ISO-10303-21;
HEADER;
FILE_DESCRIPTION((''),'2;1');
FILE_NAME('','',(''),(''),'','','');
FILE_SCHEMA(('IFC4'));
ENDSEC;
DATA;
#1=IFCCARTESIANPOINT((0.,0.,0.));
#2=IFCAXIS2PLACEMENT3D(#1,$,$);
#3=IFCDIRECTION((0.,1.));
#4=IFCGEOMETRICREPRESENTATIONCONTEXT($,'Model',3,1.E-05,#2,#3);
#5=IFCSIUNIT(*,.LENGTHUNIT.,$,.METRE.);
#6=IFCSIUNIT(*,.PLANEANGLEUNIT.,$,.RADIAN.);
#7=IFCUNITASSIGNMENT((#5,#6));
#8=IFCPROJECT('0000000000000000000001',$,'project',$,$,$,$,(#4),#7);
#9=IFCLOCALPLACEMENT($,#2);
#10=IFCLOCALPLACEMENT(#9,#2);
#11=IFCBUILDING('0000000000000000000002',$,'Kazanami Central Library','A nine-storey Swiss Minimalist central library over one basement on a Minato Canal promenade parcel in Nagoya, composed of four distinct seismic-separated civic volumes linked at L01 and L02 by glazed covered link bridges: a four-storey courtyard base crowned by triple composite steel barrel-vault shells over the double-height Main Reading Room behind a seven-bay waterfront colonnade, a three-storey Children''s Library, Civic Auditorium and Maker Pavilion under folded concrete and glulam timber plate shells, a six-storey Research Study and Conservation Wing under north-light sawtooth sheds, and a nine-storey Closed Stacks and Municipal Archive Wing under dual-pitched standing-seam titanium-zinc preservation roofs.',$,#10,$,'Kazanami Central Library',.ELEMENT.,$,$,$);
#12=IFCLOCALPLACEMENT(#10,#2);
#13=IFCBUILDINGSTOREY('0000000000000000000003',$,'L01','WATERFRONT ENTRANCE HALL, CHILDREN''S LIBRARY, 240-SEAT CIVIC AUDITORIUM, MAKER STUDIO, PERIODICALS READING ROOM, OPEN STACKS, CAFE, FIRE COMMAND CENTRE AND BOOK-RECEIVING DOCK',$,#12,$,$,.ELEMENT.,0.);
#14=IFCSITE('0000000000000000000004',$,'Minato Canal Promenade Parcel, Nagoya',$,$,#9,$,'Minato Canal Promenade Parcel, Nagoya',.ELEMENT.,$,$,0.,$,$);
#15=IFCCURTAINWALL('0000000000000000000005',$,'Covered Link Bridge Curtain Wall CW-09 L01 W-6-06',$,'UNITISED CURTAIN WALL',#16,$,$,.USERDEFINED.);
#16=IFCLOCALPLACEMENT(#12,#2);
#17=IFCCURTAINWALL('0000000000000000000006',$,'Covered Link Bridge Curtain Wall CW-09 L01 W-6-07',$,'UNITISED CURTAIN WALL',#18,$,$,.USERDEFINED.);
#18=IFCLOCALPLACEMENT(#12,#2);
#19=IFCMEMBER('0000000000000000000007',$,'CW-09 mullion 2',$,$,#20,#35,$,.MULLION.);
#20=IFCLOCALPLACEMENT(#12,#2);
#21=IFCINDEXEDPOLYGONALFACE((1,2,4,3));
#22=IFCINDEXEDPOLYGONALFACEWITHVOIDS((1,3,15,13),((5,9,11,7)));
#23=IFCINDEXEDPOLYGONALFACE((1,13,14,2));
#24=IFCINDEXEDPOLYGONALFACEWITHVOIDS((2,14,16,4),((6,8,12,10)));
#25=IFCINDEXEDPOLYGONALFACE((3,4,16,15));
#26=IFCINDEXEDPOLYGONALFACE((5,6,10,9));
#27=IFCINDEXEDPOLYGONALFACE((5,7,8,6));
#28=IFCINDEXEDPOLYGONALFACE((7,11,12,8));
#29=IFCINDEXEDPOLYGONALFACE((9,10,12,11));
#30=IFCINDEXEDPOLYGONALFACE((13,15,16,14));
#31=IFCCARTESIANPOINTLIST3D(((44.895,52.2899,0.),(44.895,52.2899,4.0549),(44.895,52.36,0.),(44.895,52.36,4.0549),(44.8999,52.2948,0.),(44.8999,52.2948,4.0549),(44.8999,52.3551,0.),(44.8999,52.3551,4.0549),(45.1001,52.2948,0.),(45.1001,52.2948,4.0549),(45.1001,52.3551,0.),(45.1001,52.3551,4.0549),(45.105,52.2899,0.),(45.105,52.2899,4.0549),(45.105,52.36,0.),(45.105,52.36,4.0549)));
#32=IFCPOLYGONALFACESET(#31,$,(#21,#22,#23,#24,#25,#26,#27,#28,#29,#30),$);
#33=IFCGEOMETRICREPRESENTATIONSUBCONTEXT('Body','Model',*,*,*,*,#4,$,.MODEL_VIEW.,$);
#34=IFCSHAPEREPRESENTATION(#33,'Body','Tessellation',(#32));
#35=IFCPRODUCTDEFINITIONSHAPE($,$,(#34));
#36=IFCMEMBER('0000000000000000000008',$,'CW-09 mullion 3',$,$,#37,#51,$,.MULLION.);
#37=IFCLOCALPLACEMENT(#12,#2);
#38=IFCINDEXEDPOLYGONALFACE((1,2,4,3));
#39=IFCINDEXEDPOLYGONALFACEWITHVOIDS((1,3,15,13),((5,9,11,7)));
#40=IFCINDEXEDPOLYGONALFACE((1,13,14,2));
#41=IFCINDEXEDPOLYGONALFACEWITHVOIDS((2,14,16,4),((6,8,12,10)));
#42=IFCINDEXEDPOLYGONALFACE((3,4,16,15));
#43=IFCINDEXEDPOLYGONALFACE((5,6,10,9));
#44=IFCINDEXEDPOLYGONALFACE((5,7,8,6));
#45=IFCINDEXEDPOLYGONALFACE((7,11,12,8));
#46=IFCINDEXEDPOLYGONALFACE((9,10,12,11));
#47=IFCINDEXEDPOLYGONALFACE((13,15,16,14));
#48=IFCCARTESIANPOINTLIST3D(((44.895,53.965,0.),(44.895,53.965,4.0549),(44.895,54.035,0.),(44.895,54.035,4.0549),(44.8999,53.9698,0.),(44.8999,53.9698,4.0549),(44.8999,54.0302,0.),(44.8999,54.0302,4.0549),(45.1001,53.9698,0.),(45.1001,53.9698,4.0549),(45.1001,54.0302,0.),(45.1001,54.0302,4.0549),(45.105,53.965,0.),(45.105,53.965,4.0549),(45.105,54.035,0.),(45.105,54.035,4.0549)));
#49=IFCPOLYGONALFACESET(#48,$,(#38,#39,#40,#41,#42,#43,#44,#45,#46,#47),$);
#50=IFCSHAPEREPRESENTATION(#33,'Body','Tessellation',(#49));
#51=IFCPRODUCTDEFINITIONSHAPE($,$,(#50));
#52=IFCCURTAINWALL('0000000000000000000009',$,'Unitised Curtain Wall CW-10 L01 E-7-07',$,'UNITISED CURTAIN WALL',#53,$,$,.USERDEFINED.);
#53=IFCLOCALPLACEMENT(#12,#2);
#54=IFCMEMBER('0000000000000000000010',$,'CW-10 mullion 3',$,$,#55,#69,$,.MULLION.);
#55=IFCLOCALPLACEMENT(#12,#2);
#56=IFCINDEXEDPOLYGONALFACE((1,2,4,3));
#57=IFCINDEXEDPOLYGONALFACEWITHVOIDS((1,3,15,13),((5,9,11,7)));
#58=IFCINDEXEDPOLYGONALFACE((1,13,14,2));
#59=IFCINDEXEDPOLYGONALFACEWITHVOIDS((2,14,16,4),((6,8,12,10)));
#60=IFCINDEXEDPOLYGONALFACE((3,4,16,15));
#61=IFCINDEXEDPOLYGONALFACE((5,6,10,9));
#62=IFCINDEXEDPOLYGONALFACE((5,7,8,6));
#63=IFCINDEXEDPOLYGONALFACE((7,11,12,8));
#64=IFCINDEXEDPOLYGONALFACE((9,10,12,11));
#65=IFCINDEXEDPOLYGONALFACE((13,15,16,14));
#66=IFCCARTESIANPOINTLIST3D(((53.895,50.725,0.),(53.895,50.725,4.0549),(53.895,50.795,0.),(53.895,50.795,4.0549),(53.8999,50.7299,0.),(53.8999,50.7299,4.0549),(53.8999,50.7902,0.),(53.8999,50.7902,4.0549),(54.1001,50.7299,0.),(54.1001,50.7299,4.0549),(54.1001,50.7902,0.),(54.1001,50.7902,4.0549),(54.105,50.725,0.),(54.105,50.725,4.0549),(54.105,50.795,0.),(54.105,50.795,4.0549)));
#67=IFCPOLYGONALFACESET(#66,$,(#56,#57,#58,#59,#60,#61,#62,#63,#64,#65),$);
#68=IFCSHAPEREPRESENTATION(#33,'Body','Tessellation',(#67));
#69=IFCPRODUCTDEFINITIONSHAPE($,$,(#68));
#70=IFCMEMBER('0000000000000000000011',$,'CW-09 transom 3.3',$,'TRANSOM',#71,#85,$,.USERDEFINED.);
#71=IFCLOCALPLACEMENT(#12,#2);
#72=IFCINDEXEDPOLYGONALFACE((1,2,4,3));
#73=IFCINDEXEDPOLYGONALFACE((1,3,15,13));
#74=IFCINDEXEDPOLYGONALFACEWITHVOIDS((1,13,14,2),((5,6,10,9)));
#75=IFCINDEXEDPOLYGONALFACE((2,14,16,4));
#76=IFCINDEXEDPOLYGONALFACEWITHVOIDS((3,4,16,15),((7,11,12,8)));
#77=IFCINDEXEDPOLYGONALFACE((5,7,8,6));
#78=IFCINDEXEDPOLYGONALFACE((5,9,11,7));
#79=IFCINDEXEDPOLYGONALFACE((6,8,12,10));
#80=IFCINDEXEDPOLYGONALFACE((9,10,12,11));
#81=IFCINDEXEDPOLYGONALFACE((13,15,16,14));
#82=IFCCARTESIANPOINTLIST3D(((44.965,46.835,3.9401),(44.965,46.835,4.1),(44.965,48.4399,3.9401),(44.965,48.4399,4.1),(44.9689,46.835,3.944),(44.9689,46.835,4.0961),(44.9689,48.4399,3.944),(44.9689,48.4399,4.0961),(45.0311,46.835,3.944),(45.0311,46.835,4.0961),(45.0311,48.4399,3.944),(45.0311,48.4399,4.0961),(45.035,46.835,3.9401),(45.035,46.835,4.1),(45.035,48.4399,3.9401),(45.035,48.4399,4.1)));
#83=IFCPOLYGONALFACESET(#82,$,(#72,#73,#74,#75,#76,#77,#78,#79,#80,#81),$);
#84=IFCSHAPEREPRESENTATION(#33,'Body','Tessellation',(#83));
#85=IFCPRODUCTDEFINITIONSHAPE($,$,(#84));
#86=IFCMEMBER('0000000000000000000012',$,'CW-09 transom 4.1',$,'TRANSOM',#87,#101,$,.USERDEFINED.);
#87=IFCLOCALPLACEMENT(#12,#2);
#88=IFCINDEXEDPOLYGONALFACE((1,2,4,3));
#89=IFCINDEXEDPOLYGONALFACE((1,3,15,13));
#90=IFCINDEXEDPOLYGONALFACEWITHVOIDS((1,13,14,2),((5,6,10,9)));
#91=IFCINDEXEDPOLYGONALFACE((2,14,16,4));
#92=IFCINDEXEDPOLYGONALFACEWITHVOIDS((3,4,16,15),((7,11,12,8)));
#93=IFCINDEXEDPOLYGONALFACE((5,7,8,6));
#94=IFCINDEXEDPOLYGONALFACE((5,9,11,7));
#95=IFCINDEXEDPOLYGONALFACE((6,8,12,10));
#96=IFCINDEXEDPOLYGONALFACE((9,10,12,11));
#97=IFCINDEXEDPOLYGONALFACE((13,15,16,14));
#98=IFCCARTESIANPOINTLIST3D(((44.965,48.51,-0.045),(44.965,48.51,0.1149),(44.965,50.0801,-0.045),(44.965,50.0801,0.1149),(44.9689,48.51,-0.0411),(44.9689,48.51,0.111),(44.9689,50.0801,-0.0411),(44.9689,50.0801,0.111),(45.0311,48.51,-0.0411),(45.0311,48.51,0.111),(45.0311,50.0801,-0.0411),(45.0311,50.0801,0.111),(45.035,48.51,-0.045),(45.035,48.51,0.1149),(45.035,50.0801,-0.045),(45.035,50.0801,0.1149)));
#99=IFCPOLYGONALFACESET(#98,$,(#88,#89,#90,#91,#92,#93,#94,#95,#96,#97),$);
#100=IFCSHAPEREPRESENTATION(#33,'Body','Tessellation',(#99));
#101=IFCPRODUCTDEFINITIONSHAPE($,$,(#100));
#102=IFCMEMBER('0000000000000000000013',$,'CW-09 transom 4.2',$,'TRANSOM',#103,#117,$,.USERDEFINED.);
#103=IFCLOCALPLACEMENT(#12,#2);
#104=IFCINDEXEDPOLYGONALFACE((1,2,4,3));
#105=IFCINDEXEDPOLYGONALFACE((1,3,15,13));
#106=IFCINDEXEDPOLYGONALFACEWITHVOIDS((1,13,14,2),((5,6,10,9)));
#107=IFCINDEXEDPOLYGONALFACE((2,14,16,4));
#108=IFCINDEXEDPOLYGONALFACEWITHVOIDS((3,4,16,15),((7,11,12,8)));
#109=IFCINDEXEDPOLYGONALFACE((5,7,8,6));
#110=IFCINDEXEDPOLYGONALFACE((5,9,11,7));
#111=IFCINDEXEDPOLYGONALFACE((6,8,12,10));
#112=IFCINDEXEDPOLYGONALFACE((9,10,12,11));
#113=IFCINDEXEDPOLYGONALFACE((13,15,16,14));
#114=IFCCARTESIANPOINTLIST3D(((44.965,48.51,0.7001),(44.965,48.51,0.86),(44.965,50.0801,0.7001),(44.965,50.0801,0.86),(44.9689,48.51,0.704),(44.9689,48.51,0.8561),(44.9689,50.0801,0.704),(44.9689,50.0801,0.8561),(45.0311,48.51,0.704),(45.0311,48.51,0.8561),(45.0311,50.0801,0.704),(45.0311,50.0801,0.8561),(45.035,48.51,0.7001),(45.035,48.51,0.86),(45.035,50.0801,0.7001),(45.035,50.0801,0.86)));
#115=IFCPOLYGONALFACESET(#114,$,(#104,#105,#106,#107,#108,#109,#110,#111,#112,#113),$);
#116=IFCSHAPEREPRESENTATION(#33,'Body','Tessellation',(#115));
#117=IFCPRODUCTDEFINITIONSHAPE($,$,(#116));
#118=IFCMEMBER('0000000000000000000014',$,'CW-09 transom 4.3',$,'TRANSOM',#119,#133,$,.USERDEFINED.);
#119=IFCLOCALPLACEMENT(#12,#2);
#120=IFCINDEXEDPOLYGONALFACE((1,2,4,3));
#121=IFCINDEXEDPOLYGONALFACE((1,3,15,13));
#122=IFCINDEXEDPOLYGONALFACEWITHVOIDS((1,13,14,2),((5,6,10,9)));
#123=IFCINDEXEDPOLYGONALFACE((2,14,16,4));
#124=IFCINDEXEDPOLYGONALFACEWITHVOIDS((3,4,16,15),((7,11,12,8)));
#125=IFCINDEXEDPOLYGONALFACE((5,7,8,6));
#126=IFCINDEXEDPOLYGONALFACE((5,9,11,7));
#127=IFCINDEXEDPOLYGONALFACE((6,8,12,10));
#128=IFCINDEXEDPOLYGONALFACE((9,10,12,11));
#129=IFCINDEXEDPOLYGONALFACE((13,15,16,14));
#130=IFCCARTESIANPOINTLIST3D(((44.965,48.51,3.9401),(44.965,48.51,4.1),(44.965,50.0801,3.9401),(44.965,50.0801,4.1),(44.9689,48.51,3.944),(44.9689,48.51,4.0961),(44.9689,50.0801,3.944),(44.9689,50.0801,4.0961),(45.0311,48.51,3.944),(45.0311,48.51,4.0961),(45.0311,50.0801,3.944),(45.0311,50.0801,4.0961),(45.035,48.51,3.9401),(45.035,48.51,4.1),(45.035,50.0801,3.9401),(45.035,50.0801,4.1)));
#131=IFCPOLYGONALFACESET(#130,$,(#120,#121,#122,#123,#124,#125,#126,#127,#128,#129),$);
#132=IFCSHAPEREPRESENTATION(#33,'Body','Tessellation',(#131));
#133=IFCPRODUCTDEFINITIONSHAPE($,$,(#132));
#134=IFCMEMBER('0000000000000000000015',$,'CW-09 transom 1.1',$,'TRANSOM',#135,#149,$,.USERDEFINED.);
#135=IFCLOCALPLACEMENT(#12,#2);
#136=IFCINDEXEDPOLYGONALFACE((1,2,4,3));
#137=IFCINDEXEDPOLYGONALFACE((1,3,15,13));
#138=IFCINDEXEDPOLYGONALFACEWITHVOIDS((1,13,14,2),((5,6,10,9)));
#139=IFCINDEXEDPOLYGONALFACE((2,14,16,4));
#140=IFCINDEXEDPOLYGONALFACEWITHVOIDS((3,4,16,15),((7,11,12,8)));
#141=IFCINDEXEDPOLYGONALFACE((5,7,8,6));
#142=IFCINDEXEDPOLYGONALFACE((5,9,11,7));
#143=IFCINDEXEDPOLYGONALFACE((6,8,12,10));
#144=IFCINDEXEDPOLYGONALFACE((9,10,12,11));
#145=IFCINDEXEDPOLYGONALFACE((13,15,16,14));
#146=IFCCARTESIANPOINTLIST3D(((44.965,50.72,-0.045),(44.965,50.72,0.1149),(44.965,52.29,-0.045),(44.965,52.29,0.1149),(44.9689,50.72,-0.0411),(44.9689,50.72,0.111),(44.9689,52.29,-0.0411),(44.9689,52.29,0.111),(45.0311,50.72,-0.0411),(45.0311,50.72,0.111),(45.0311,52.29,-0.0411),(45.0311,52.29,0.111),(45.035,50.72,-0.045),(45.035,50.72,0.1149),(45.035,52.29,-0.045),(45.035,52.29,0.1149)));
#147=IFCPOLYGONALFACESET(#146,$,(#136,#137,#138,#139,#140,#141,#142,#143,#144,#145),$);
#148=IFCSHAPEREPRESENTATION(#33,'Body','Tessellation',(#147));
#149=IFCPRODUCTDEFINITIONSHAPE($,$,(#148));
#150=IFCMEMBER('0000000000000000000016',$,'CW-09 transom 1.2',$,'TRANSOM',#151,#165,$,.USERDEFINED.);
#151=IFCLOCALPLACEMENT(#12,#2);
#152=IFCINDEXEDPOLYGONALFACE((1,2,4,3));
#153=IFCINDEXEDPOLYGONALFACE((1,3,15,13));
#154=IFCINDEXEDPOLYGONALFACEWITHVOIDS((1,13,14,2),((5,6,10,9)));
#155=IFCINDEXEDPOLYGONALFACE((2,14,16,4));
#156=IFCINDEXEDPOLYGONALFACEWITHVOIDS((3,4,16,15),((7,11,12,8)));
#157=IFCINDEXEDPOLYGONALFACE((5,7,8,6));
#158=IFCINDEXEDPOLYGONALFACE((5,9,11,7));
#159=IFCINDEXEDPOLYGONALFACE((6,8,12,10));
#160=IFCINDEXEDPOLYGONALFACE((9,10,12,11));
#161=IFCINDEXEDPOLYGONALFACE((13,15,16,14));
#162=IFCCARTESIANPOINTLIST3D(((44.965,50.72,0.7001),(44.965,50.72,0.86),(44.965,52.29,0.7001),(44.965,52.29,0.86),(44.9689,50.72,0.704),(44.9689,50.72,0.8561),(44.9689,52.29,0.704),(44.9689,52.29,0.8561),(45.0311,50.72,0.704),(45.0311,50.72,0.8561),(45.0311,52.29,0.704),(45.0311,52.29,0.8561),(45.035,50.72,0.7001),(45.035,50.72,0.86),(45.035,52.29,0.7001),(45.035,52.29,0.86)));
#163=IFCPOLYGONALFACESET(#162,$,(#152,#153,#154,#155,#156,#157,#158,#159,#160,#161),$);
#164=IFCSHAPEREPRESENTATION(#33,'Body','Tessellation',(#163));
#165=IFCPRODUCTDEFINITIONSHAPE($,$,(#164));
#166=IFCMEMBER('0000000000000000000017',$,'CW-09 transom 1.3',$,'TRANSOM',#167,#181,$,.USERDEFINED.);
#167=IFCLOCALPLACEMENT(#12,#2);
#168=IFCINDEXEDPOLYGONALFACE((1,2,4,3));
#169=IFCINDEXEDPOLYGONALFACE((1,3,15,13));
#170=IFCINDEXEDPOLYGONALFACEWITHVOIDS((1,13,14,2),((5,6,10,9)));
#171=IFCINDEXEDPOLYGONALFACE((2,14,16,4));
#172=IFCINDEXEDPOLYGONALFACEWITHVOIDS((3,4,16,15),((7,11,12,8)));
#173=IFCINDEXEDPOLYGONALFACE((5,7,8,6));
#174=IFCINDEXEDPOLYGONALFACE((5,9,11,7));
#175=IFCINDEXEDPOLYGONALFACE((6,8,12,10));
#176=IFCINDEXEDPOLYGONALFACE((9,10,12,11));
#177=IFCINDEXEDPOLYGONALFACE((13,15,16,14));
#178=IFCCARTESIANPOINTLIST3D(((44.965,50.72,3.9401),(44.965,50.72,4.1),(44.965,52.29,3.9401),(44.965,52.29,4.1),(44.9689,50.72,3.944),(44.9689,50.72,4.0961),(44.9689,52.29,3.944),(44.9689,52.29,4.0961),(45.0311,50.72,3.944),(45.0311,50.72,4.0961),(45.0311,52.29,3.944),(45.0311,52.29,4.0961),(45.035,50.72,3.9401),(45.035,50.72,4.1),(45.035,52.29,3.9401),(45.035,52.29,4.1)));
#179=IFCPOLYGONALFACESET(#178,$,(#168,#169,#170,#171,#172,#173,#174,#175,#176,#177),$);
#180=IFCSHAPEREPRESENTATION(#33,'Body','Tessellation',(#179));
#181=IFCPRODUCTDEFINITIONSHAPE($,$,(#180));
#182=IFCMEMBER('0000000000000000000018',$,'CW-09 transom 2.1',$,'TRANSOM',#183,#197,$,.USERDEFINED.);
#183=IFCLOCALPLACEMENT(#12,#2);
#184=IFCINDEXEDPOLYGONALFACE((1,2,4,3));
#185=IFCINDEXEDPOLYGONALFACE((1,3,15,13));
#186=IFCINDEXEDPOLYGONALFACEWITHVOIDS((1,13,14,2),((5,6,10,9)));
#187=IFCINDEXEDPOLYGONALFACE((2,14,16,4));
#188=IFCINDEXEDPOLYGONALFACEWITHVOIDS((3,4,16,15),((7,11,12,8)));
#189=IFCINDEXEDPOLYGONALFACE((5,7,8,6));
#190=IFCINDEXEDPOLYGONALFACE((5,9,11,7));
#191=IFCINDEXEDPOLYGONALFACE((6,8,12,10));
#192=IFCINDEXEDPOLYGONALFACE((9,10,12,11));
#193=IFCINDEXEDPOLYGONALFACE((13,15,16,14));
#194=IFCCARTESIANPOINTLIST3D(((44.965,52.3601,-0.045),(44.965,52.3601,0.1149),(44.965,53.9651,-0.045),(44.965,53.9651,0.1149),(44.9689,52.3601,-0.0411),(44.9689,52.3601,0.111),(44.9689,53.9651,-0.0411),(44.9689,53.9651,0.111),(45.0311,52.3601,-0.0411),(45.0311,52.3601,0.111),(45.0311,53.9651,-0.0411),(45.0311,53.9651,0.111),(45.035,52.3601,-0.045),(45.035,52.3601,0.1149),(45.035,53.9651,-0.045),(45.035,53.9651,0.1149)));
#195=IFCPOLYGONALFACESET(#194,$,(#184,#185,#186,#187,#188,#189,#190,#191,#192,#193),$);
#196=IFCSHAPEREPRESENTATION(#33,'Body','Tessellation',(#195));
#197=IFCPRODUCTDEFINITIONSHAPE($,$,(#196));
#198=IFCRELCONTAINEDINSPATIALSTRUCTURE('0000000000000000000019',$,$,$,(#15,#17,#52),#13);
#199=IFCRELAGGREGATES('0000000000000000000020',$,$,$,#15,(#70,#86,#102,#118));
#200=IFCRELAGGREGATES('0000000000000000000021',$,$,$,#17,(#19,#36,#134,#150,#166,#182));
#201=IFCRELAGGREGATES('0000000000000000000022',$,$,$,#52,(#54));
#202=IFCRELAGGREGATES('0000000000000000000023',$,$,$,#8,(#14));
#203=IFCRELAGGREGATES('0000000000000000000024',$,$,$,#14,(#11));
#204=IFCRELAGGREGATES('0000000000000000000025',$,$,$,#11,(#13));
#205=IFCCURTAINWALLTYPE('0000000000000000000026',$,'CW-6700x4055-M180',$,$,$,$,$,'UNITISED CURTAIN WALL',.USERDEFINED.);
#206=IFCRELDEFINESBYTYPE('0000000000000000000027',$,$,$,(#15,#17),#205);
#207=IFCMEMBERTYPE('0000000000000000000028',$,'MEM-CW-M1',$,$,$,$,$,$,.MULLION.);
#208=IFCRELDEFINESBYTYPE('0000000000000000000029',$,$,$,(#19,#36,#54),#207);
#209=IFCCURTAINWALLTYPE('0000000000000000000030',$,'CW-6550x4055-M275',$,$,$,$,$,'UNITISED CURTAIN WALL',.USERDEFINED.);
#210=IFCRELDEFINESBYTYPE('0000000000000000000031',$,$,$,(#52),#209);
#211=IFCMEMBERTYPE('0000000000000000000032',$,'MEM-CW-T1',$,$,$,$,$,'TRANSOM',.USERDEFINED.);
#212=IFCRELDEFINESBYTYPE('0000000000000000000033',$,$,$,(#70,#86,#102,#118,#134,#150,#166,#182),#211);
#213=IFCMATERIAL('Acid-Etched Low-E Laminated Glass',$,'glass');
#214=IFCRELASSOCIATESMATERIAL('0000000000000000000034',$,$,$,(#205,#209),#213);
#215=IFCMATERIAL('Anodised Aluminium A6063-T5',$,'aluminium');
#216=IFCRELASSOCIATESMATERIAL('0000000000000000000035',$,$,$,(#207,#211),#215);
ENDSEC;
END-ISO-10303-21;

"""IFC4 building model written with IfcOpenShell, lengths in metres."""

from ifc_helpers import new_model, si_unit, direction, frame, origin, origin_2d, place, context, subcontext, project, spatial, hollow_rectangle, extrude, material, material_profile, profile_set, type_object, element, aggregate, save


model = new_model("IFC4")

# Units and contexts
model_context = context("Model", 3, precision=1e-05, world=origin(), true_north=direction((0.0, 1.0)))
body_context = subcontext(model_context, "Body", "Model", "MODEL_VIEW")
ifc_project = project(units=[si_unit("LENGTHUNIT", "METRE"), si_unit("PLANEANGLEUNIT", "RADIAN")], contexts=[model_context])

# Site, building, storey
site_placement = place(None, origin())
site = spatial("IfcSite", under=ifc_project, at=site_placement, Name="Minato Canal Promenade Parcel, Nagoya", LongName="Minato Canal Promenade Parcel, Nagoya", CompositionType="ELEMENT", RefElevation=0.0)
building_placement = place(site_placement, origin())
building = spatial("IfcBuilding", under=site, at=building_placement, Name="Kazanami Central Library", Description="A nine-storey Swiss Minimalist central library over one basement on a Minato Canal promenade parcel in Nagoya, composed of four distinct seismic-separated civic volumes linked at L01 and L02 by glazed covered link bridges: a four-storey courtyard base crowned by triple composite steel barrel-vault shells over the double-height Main Reading Room behind a seven-bay waterfront colonnade, a three-storey Children's Library, Civic Auditorium and Maker Pavilion under folded concrete and glulam timber plate shells, a six-storey Research Study and Conservation Wing under north-light sawtooth sheds, and a nine-storey Closed Stacks and Municipal Archive Wing under dual-pitched standing-seam titanium-zinc preservation roofs.", LongName="Kazanami Central Library", CompositionType="ELEMENT")
storey_placement = place(building_placement, origin())
storey = spatial("IfcBuildingStorey", under=building, at=storey_placement, Name="L01", Description="WATERFRONT ENTRANCE HALL, CHILDREN'S LIBRARY, 240-SEAT CIVIC AUDITORIUM, MAKER STUDIO, PERIODICALS READING ROOM, OPEN STACKS, CAFE, FIRE COMMAND CENTRE AND BOOK-RECEIVING DOCK", CompositionType="ELEMENT", Elevation=0.0)

# Curtain walls, members
ifc_material_1 = material(Name="Acid-Etched Low-E Laminated Glass", Category="glass")
curtain_wall_type_1 = type_object("IfcCurtainWallType", Name="CW-6700x4055-M180", ElementType="UNITISED CURTAIN WALL", PredefinedType="USERDEFINED", material=ifc_material_1)
curtain_wall_1_placement = place(storey_placement, origin())
curtain_wall_1 = element("IfcCurtainWall", 1, at=curtain_wall_1_placement, inside=storey, type_object=curtain_wall_type_1, Name="Covered Link Bridge Curtain Wall CW-09 L01 W-6-06", ObjectType="UNITISED CURTAIN WALL", PredefinedType="USERDEFINED")
ifc_material_2 = material(Name="Anodised Aluminium A6063-T5", Category="aluminium")
ifc_material_profile_1 = material_profile(ifc_material_2, hollow_rectangle(XDim=0.0701, YDim=0.21, WallThickness=0.0049, at=origin_2d()), Name="ALU-MULL-70x210x5")
ifc_profile_set_1 = profile_set([ifc_material_profile_1], Name="Anodised Aluminium A6063-T5")
member_type_1 = type_object("IfcMemberType", Name="MEM-CW-M1", PredefinedType="MULLION", material=ifc_profile_set_1)
curtain_wall_2_placement = place(storey_placement, origin())
curtain_wall_2 = element("IfcCurtainWall", 2, at=curtain_wall_2_placement, inside=storey, type_object=curtain_wall_type_1, Name="Covered Link Bridge Curtain Wall CW-09 L01 W-6-07", ObjectType="UNITISED CURTAIN WALL", PredefinedType="USERDEFINED")
member_1_placement = place(storey_placement, frame((45.0, 52.325, 0.0), z_axis=(0.0, 0.0, 1.0), x_axis=(0.0, 1.0, 0.0)))
member_1 = element("IfcMember", 3, at=member_1_placement, type_object=member_type_1, Name="CW-09 mullion 2", PredefinedType="MULLION", context=body_context, shape_type="SweptSolid", body=[
    extrude(hollow_rectangle(XDim=0.0701, YDim=0.21, WallThickness=0.0049, at=origin_2d()), origin(), (0.0, 0.0, 1.0), 4.0549),
])
member_2_placement = place(storey_placement, frame((45.0, 54.0, 0.0), z_axis=(0.0, 0.0, 1.0), x_axis=(0.0, 1.0, 0.0)))
member_2 = element("IfcMember", 4, at=member_2_placement, type_object=member_type_1, Name="CW-09 mullion 3", PredefinedType="MULLION", context=body_context, shape_type="SweptSolid", body=[
    extrude(hollow_rectangle(XDim=0.0701, YDim=0.21, WallThickness=0.0049, at=origin_2d()), origin(), (0.0, 0.0, 1.0), 4.0549),
])

# Curtain wall, member
curtain_wall_type_2 = type_object("IfcCurtainWallType", Name="CW-6550x4055-M275", ElementType="UNITISED CURTAIN WALL", PredefinedType="USERDEFINED", material=ifc_material_1)
curtain_wall_3_placement = place(storey_placement, origin())
curtain_wall_3 = element("IfcCurtainWall", 5, at=curtain_wall_3_placement, inside=storey, type_object=curtain_wall_type_2, Name="Unitised Curtain Wall CW-10 L01 E-7-07", ObjectType="UNITISED CURTAIN WALL", PredefinedType="USERDEFINED")
member_3_placement = place(storey_placement, frame((54.0, 50.76, 0.0), z_axis=(0.0, 0.0, 1.0), x_axis=(0.0, -1.0, 0.0)))
member_3 = element("IfcMember", 6, at=member_3_placement, type_object=member_type_1, Name="CW-10 mullion 3", PredefinedType="MULLION", context=body_context, shape_type="SweptSolid", body=[
    extrude(hollow_rectangle(XDim=0.0701, YDim=0.21, WallThickness=0.0049, at=origin_2d()), origin(), (0.0, 0.0, 1.0), 4.0549),
])

# Members
ifc_material_profile_2 = material_profile(ifc_material_2, hollow_rectangle(XDim=0.0701, YDim=0.1599, WallThickness=0.0039, at=origin_2d()), Name="ALU-TRAN-70x160x4")
ifc_profile_set_2 = profile_set([ifc_material_profile_2], Name="Anodised Aluminium A6063-T5")
member_type_2 = type_object("IfcMemberType", Name="MEM-CW-T1", ElementType="TRANSOM", PredefinedType="USERDEFINED", material=ifc_profile_set_2)
member_4_placement = place(storey_placement, frame((45.0, 46.835, 4.02), z_axis=(0.0, 1.0, 0.0), x_axis=(-1.0, 0.0, 0.0)))
member_4 = element("IfcMember", 7, at=member_4_placement, type_object=member_type_2, Name="CW-09 transom 3.3", ObjectType="TRANSOM", PredefinedType="USERDEFINED", context=body_context, shape_type="SweptSolid", body=[
    extrude(hollow_rectangle(XDim=0.0701, YDim=0.1599, WallThickness=0.0039, at=origin_2d()), origin(), (0.0, 0.0, 1.0), 1.605),
])
member_5_placement = place(storey_placement, frame((45.0, 48.51, 0.0349), z_axis=(0.0, 1.0, 0.0), x_axis=(-1.0, 0.0, 0.0)))
member_5 = element("IfcMember", 8, at=member_5_placement, type_object=member_type_2, Name="CW-09 transom 4.1", ObjectType="TRANSOM", PredefinedType="USERDEFINED", context=body_context, shape_type="SweptSolid", body=[
    extrude(hollow_rectangle(XDim=0.0701, YDim=0.1599, WallThickness=0.0039, at=origin_2d()), origin(), (0.0, 0.0, 1.0), 1.5701),
])
member_6_placement = place(storey_placement, frame((45.0, 48.51, 0.78), z_axis=(0.0, 1.0, 0.0), x_axis=(-1.0, 0.0, 0.0)))
member_6 = element("IfcMember", 9, at=member_6_placement, type_object=member_type_2, Name="CW-09 transom 4.2", ObjectType="TRANSOM", PredefinedType="USERDEFINED", context=body_context, shape_type="SweptSolid", body=[
    extrude(hollow_rectangle(XDim=0.0701, YDim=0.1599, WallThickness=0.0039, at=origin_2d()), origin(), (0.0, 0.0, 1.0), 1.5701),
])
member_7_placement = place(storey_placement, frame((45.0, 48.51, 4.02), z_axis=(0.0, 1.0, 0.0), x_axis=(-1.0, 0.0, 0.0)))
member_7 = element("IfcMember", 10, at=member_7_placement, type_object=member_type_2, Name="CW-09 transom 4.3", ObjectType="TRANSOM", PredefinedType="USERDEFINED", context=body_context, shape_type="SweptSolid", body=[
    extrude(hollow_rectangle(XDim=0.0701, YDim=0.1599, WallThickness=0.0039, at=origin_2d()), origin(), (0.0, 0.0, 1.0), 1.5701),
])
member_8_placement = place(storey_placement, frame((45.0, 50.72, 0.0349), z_axis=(0.0, 1.0, 0.0), x_axis=(-1.0, 0.0, 0.0)))
member_8 = element("IfcMember", 11, at=member_8_placement, type_object=member_type_2, Name="CW-09 transom 1.1", ObjectType="TRANSOM", PredefinedType="USERDEFINED", context=body_context, shape_type="SweptSolid", body=[
    extrude(hollow_rectangle(XDim=0.0701, YDim=0.1599, WallThickness=0.0039, at=origin_2d()), origin(), (0.0, 0.0, 1.0), 1.5701),
])
member_9_placement = place(storey_placement, frame((45.0, 50.72, 0.78), z_axis=(0.0, 1.0, 0.0), x_axis=(-1.0, 0.0, 0.0)))
member_9 = element("IfcMember", 12, at=member_9_placement, type_object=member_type_2, Name="CW-09 transom 1.2", ObjectType="TRANSOM", PredefinedType="USERDEFINED", context=body_context, shape_type="SweptSolid", body=[
    extrude(hollow_rectangle(XDim=0.0701, YDim=0.1599, WallThickness=0.0039, at=origin_2d()), origin(), (0.0, 0.0, 1.0), 1.5701),
])
member_10_placement = place(storey_placement, frame((45.0, 50.72, 4.02), z_axis=(0.0, 1.0, 0.0), x_axis=(-1.0, 0.0, 0.0)))
member_10 = element("IfcMember", 13, at=member_10_placement, type_object=member_type_2, Name="CW-09 transom 1.3", ObjectType="TRANSOM", PredefinedType="USERDEFINED", context=body_context, shape_type="SweptSolid", body=[
    extrude(hollow_rectangle(XDim=0.0701, YDim=0.1599, WallThickness=0.0039, at=origin_2d()), origin(), (0.0, 0.0, 1.0), 1.5701),
])
member_11_placement = place(storey_placement, frame((45.0, 52.3601, 0.0349), z_axis=(0.0, 1.0, 0.0), x_axis=(-1.0, 0.0, 0.0)))
member_11 = element("IfcMember", 14, at=member_11_placement, type_object=member_type_2, Name="CW-09 transom 2.1", ObjectType="TRANSOM", PredefinedType="USERDEFINED", context=body_context, shape_type="SweptSolid", body=[
    extrude(hollow_rectangle(XDim=0.0701, YDim=0.1599, WallThickness=0.0039, at=origin_2d()), origin(), (0.0, 0.0, 1.0), 1.605),
])

aggregate(curtain_wall_1, [member_4, member_5, member_6, member_7])
aggregate(curtain_wall_2, [member_1, member_2, member_8, member_9, member_10, member_11])
aggregate(curtain_wall_3, [member_3])

save(model, "model.ifc")
